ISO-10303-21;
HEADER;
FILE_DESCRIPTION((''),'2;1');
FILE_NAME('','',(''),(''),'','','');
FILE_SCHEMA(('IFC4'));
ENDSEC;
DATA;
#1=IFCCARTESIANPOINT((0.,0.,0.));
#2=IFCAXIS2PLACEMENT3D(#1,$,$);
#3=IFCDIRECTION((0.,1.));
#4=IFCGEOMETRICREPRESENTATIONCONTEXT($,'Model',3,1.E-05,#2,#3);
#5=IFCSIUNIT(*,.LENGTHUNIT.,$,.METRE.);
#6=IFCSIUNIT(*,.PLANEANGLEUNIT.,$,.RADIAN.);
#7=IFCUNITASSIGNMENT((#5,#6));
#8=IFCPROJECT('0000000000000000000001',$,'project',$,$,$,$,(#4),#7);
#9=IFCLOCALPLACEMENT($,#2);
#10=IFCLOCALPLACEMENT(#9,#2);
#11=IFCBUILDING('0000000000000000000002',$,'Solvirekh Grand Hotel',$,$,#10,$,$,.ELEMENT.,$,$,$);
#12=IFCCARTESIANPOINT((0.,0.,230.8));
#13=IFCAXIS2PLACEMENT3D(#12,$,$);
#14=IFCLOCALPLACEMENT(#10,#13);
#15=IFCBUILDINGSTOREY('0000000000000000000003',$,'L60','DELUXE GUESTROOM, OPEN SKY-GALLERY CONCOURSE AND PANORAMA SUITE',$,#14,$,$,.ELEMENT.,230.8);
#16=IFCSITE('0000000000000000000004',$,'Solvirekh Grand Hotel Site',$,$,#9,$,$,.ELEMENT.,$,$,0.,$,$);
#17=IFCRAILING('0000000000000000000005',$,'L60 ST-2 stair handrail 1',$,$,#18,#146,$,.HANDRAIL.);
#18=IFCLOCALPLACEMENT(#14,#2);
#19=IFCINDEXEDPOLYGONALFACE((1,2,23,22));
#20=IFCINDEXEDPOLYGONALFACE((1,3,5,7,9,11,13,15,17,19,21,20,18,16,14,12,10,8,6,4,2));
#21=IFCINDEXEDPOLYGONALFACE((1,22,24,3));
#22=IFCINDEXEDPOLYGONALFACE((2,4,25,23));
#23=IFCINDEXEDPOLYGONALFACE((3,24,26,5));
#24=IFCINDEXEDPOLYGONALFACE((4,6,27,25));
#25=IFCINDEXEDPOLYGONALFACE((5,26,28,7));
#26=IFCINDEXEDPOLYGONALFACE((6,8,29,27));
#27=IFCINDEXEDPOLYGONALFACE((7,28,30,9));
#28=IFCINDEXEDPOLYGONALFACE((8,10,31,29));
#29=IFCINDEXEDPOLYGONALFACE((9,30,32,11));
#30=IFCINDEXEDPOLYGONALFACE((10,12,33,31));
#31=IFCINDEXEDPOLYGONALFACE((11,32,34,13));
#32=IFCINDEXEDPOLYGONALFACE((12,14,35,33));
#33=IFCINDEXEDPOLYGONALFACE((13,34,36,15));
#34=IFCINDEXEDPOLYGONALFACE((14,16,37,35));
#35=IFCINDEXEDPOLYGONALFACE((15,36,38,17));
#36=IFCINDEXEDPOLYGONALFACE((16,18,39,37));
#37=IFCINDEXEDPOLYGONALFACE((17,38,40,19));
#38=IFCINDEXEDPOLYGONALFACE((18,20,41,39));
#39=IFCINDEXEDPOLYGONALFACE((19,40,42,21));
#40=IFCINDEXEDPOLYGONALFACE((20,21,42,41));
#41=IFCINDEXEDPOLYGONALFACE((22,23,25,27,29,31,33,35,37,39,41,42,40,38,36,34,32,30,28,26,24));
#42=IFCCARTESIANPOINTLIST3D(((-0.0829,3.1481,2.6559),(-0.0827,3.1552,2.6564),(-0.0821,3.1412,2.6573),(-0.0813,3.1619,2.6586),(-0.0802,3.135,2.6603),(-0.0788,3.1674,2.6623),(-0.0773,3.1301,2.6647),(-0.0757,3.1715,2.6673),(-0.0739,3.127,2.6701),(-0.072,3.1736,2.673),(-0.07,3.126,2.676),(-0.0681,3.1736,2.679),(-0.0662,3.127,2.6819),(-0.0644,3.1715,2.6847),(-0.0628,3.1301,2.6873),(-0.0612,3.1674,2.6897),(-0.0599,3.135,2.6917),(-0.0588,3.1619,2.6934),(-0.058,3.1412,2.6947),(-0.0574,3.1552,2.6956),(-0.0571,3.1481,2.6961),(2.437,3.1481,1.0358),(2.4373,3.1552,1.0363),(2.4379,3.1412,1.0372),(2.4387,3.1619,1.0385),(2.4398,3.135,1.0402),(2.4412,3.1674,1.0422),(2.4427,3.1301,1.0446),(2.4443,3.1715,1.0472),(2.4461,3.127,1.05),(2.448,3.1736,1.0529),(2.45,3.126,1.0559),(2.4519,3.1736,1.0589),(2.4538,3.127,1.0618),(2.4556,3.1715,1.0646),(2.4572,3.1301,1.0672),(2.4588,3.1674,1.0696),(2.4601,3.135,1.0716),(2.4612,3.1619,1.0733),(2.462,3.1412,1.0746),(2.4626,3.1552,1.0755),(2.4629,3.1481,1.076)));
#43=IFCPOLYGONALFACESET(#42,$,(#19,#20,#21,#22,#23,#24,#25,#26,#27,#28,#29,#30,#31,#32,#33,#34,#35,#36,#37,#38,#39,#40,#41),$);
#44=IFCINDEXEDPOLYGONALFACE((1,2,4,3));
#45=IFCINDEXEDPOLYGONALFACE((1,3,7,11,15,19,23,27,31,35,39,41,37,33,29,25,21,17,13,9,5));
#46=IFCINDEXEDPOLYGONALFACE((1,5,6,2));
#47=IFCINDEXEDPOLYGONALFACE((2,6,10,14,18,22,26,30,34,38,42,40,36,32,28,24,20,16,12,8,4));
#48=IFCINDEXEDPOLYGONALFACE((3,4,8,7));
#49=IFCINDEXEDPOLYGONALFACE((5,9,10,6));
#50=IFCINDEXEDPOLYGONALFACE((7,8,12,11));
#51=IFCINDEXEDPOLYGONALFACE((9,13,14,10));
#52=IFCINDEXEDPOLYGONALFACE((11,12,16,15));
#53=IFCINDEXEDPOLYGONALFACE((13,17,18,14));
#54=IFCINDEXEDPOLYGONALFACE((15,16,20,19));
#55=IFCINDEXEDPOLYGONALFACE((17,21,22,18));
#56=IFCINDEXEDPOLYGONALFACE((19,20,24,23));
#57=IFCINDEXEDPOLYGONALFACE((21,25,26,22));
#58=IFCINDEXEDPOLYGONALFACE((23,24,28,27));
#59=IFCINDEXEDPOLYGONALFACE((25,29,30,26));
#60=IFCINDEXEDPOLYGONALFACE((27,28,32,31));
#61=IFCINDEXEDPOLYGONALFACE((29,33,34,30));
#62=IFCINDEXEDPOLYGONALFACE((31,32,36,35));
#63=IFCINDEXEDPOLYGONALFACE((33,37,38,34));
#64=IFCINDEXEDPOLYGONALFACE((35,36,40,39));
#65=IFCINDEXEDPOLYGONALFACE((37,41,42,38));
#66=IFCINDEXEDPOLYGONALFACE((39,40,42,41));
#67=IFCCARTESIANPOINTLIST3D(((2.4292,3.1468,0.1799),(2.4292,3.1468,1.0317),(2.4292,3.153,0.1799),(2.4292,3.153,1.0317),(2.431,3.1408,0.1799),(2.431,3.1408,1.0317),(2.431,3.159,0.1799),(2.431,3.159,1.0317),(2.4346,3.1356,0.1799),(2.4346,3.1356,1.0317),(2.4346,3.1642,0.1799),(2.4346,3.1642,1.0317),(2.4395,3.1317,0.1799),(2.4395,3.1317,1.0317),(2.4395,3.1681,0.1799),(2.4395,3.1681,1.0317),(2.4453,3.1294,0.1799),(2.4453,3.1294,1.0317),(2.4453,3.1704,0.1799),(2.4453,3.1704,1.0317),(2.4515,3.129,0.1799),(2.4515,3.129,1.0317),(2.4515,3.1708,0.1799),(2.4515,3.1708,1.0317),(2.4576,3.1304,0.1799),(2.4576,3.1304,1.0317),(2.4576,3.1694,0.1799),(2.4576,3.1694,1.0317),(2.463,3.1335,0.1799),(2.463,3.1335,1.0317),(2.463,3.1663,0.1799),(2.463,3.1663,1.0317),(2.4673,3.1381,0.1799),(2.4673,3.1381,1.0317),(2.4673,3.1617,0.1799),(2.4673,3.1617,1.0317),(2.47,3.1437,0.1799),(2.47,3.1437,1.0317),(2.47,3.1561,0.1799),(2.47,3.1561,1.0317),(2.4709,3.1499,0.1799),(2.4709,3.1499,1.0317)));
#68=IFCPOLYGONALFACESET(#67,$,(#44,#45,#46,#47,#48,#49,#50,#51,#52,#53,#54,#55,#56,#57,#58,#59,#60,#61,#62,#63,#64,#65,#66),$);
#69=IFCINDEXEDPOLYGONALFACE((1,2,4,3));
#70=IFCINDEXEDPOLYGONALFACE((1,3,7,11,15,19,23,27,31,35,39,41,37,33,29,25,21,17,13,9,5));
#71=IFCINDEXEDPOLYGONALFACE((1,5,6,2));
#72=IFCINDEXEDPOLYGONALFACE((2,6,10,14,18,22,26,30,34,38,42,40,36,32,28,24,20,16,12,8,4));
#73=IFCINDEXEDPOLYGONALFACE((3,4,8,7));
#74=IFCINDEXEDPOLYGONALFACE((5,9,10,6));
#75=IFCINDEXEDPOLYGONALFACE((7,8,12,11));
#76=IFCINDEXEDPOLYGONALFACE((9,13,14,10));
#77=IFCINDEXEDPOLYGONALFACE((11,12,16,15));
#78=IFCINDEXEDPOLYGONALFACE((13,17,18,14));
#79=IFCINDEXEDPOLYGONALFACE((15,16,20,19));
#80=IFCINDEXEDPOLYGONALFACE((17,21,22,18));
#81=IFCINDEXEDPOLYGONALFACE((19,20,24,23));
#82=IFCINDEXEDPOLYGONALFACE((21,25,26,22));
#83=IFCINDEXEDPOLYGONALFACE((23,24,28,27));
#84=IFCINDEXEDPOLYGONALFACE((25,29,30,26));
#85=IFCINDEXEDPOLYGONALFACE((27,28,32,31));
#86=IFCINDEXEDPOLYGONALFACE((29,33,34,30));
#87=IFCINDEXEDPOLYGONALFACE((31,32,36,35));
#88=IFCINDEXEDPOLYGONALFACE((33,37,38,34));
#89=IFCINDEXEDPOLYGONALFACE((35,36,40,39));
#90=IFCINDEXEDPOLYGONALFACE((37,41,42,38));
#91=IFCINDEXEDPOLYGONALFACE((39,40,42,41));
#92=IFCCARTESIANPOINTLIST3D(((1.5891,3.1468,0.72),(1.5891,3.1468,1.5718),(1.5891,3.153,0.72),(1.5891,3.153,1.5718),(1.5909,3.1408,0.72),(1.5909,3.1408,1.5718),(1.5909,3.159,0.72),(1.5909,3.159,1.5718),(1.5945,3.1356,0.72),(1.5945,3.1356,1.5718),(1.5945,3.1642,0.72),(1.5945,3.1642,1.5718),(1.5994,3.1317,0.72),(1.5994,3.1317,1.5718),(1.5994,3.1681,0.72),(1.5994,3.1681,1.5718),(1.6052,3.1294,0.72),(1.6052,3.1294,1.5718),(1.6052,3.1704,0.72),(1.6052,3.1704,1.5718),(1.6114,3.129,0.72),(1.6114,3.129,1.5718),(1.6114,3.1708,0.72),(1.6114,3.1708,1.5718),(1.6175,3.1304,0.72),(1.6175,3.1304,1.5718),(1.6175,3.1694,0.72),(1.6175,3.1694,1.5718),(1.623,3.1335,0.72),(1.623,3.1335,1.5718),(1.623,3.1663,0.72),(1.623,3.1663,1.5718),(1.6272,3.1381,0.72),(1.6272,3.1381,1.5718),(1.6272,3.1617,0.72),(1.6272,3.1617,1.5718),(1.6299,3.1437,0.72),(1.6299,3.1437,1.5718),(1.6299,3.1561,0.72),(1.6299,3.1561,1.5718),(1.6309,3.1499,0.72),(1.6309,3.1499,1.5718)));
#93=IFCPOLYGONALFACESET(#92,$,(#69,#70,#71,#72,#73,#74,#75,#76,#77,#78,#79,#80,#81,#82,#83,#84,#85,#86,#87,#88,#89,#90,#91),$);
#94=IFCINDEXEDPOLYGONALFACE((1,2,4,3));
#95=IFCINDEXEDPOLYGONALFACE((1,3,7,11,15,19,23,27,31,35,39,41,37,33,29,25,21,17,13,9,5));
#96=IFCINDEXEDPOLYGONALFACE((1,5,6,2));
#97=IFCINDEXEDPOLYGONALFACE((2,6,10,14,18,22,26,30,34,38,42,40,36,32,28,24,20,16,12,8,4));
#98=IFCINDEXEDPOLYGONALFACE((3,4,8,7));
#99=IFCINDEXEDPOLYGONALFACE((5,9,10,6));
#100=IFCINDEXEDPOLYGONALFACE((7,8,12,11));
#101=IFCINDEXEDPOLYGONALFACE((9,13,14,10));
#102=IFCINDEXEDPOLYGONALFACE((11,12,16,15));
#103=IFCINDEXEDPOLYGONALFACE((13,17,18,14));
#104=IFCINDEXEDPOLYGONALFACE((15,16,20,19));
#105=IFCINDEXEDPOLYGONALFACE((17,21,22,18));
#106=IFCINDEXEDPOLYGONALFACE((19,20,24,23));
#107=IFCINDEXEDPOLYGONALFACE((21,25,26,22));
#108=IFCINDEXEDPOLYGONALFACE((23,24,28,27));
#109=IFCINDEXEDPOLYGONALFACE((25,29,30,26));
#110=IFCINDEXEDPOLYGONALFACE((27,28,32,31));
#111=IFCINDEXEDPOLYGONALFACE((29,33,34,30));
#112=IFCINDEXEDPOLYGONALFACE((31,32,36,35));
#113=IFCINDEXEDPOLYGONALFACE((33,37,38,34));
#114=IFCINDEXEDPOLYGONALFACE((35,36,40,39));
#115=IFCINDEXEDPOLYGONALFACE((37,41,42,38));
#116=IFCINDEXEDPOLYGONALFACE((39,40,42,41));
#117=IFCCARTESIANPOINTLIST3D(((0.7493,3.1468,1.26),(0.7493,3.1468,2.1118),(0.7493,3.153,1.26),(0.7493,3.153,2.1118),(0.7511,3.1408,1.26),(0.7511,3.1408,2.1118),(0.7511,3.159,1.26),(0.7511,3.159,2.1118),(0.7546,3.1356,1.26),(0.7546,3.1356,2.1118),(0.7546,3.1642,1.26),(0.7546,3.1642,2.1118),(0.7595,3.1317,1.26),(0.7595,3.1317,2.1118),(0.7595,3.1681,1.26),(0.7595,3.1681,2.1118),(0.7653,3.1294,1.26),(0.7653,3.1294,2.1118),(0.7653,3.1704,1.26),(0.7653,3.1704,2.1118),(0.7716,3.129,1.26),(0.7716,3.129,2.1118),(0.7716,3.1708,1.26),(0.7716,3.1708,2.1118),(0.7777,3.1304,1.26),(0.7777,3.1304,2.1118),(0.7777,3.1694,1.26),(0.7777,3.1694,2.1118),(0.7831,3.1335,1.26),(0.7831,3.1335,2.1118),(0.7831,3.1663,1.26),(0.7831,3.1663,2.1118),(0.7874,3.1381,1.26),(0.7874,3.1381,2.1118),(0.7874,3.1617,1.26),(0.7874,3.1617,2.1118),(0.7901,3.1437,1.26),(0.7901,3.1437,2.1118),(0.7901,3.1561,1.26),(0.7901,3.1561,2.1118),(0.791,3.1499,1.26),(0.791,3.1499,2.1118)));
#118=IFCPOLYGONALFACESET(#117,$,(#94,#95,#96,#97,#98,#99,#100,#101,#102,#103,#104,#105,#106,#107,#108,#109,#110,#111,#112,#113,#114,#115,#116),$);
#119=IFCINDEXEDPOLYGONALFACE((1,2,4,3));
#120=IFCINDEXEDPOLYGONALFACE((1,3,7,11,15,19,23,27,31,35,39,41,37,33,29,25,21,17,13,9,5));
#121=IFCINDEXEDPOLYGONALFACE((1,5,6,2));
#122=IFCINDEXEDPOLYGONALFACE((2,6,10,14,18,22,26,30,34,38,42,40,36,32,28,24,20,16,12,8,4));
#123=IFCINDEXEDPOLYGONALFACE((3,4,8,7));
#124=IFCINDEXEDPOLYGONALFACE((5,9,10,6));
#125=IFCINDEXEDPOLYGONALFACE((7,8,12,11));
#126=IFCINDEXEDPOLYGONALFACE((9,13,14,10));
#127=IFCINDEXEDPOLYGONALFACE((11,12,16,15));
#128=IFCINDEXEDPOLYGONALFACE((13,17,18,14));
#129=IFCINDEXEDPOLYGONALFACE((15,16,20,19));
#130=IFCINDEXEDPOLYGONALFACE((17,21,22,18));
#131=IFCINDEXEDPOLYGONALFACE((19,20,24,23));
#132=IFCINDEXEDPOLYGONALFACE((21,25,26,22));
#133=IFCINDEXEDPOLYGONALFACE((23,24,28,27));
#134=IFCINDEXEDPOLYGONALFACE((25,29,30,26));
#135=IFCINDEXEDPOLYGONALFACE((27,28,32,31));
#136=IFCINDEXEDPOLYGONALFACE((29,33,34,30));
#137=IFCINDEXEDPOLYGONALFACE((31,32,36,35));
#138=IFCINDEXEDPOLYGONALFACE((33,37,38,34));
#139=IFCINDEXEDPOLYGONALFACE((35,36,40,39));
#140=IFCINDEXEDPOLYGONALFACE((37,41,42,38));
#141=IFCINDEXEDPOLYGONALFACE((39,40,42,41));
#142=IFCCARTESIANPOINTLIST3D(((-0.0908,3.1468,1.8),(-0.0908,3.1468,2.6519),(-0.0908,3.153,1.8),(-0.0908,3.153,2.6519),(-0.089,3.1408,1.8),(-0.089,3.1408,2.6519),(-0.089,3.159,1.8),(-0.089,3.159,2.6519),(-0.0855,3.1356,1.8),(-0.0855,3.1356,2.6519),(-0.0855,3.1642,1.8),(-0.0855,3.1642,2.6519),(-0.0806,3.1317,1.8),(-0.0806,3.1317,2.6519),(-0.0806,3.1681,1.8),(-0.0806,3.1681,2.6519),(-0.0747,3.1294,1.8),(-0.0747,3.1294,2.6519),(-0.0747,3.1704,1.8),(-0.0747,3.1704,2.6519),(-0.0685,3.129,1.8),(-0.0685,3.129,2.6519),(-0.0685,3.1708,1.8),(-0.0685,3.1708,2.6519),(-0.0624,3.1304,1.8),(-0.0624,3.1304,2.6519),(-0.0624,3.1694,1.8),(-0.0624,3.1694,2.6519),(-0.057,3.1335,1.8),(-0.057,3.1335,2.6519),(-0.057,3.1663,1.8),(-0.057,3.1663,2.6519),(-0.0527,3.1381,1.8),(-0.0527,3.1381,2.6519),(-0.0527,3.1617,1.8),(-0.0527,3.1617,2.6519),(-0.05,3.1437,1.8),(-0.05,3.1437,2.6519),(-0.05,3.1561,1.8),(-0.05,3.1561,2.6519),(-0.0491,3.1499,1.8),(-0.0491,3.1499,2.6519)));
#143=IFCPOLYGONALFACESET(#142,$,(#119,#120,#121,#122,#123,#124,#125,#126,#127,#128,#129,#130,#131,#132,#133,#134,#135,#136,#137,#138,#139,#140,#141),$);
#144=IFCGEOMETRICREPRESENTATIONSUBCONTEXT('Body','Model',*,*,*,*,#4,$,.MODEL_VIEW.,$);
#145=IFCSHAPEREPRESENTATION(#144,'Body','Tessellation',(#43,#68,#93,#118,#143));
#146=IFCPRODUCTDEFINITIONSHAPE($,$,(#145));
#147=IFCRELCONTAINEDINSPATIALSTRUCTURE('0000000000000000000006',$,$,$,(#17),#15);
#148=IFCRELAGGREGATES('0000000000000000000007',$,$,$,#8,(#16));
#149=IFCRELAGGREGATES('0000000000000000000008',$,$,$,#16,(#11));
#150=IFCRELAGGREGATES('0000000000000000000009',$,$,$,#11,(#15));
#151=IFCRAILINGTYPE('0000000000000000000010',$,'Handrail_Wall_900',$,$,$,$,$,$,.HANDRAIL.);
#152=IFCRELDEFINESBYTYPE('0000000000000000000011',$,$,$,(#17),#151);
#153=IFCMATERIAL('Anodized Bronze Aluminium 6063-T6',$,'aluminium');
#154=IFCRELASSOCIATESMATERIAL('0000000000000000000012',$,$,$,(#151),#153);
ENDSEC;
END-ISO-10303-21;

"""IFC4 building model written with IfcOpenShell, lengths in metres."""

from ifc_helpers import new_model, si_unit, direction, frame, origin, origin_2d, place, context, subcontext, project, spatial, circle, extrude, material, type_object, element, save


model = new_model("IFC4")

# Units and contexts
model_context = context("Model", 3, precision=1e-05, world=origin(), true_north=direction((0.0, 1.0)))
body_context = subcontext(model_context, "Body", "Model", "MODEL_VIEW")
ifc_project = project(units=[si_unit("LENGTHUNIT", "METRE"), si_unit("PLANEANGLEUNIT", "RADIAN")], contexts=[model_context])

# Site, building, storey
site_placement = place(None, origin())
site = spatial("IfcSite", under=ifc_project, at=site_placement, Name="Solvirekh Grand Hotel Site", CompositionType="ELEMENT", RefElevation=0.0)
building_placement = place(site_placement, origin())
building = spatial("IfcBuilding", under=site, at=building_placement, Name="Solvirekh Grand Hotel", CompositionType="ELEMENT")
storey_placement = place(building_placement, frame((0.0, 0.0, 230.8)))
storey = spatial("IfcBuildingStorey", under=building, at=storey_placement, Name="L60", Description="DELUXE GUESTROOM, OPEN SKY-GALLERY CONCOURSE AND PANORAMA SUITE", CompositionType="ELEMENT", Elevation=230.8)

# Shared definitions
ifc_material_1 = material(Name="Anodized Bronze Aluminium 6063-T6", Category="aluminium")

# Railing
railing_type_1 = type_object("IfcRailingType", Name="Handrail_Wall_900", PredefinedType="HANDRAIL", material=ifc_material_1)
railing_1_placement = place(storey_placement, frame((2.45, 3.1499, 0.1799)))
element("IfcRailing", 1, at=railing_1_placement, inside=storey, type_object=railing_type_1, Name="L60 ST-2 stair handrail 1", PredefinedType="HANDRAIL", context=body_context, shape_type="SweptSolid", body=[
    extrude(circle(Radius=0.0239, at=origin_2d()), frame((0.0, 0.0, 0.876), z_axis=(-0.841163, 0.0, 0.540782), x_axis=(0.0, -1.0, 0.0)), (0.0, 0.0, 1.0), 2.9958),
    extrude(circle(Radius=0.021, at=origin_2d()), origin(), (0.0, 0.0, 1.0), 0.8518),
    extrude(circle(Radius=0.021, at=origin_2d()), frame((-0.8401, 0.0, 0.54)), (0.0, 0.0, 1.0), 0.8518),
    extrude(circle(Radius=0.021, at=origin_2d()), frame((-1.6799, 0.0, 1.0801)), (0.0, 0.0, 1.0), 0.8518),
    extrude(circle(Radius=0.021, at=origin_2d()), frame((-2.52, 0.0, 1.6201)), (0.0, 0.0, 1.0), 0.8518),
])

save(model, "model.ifc")
